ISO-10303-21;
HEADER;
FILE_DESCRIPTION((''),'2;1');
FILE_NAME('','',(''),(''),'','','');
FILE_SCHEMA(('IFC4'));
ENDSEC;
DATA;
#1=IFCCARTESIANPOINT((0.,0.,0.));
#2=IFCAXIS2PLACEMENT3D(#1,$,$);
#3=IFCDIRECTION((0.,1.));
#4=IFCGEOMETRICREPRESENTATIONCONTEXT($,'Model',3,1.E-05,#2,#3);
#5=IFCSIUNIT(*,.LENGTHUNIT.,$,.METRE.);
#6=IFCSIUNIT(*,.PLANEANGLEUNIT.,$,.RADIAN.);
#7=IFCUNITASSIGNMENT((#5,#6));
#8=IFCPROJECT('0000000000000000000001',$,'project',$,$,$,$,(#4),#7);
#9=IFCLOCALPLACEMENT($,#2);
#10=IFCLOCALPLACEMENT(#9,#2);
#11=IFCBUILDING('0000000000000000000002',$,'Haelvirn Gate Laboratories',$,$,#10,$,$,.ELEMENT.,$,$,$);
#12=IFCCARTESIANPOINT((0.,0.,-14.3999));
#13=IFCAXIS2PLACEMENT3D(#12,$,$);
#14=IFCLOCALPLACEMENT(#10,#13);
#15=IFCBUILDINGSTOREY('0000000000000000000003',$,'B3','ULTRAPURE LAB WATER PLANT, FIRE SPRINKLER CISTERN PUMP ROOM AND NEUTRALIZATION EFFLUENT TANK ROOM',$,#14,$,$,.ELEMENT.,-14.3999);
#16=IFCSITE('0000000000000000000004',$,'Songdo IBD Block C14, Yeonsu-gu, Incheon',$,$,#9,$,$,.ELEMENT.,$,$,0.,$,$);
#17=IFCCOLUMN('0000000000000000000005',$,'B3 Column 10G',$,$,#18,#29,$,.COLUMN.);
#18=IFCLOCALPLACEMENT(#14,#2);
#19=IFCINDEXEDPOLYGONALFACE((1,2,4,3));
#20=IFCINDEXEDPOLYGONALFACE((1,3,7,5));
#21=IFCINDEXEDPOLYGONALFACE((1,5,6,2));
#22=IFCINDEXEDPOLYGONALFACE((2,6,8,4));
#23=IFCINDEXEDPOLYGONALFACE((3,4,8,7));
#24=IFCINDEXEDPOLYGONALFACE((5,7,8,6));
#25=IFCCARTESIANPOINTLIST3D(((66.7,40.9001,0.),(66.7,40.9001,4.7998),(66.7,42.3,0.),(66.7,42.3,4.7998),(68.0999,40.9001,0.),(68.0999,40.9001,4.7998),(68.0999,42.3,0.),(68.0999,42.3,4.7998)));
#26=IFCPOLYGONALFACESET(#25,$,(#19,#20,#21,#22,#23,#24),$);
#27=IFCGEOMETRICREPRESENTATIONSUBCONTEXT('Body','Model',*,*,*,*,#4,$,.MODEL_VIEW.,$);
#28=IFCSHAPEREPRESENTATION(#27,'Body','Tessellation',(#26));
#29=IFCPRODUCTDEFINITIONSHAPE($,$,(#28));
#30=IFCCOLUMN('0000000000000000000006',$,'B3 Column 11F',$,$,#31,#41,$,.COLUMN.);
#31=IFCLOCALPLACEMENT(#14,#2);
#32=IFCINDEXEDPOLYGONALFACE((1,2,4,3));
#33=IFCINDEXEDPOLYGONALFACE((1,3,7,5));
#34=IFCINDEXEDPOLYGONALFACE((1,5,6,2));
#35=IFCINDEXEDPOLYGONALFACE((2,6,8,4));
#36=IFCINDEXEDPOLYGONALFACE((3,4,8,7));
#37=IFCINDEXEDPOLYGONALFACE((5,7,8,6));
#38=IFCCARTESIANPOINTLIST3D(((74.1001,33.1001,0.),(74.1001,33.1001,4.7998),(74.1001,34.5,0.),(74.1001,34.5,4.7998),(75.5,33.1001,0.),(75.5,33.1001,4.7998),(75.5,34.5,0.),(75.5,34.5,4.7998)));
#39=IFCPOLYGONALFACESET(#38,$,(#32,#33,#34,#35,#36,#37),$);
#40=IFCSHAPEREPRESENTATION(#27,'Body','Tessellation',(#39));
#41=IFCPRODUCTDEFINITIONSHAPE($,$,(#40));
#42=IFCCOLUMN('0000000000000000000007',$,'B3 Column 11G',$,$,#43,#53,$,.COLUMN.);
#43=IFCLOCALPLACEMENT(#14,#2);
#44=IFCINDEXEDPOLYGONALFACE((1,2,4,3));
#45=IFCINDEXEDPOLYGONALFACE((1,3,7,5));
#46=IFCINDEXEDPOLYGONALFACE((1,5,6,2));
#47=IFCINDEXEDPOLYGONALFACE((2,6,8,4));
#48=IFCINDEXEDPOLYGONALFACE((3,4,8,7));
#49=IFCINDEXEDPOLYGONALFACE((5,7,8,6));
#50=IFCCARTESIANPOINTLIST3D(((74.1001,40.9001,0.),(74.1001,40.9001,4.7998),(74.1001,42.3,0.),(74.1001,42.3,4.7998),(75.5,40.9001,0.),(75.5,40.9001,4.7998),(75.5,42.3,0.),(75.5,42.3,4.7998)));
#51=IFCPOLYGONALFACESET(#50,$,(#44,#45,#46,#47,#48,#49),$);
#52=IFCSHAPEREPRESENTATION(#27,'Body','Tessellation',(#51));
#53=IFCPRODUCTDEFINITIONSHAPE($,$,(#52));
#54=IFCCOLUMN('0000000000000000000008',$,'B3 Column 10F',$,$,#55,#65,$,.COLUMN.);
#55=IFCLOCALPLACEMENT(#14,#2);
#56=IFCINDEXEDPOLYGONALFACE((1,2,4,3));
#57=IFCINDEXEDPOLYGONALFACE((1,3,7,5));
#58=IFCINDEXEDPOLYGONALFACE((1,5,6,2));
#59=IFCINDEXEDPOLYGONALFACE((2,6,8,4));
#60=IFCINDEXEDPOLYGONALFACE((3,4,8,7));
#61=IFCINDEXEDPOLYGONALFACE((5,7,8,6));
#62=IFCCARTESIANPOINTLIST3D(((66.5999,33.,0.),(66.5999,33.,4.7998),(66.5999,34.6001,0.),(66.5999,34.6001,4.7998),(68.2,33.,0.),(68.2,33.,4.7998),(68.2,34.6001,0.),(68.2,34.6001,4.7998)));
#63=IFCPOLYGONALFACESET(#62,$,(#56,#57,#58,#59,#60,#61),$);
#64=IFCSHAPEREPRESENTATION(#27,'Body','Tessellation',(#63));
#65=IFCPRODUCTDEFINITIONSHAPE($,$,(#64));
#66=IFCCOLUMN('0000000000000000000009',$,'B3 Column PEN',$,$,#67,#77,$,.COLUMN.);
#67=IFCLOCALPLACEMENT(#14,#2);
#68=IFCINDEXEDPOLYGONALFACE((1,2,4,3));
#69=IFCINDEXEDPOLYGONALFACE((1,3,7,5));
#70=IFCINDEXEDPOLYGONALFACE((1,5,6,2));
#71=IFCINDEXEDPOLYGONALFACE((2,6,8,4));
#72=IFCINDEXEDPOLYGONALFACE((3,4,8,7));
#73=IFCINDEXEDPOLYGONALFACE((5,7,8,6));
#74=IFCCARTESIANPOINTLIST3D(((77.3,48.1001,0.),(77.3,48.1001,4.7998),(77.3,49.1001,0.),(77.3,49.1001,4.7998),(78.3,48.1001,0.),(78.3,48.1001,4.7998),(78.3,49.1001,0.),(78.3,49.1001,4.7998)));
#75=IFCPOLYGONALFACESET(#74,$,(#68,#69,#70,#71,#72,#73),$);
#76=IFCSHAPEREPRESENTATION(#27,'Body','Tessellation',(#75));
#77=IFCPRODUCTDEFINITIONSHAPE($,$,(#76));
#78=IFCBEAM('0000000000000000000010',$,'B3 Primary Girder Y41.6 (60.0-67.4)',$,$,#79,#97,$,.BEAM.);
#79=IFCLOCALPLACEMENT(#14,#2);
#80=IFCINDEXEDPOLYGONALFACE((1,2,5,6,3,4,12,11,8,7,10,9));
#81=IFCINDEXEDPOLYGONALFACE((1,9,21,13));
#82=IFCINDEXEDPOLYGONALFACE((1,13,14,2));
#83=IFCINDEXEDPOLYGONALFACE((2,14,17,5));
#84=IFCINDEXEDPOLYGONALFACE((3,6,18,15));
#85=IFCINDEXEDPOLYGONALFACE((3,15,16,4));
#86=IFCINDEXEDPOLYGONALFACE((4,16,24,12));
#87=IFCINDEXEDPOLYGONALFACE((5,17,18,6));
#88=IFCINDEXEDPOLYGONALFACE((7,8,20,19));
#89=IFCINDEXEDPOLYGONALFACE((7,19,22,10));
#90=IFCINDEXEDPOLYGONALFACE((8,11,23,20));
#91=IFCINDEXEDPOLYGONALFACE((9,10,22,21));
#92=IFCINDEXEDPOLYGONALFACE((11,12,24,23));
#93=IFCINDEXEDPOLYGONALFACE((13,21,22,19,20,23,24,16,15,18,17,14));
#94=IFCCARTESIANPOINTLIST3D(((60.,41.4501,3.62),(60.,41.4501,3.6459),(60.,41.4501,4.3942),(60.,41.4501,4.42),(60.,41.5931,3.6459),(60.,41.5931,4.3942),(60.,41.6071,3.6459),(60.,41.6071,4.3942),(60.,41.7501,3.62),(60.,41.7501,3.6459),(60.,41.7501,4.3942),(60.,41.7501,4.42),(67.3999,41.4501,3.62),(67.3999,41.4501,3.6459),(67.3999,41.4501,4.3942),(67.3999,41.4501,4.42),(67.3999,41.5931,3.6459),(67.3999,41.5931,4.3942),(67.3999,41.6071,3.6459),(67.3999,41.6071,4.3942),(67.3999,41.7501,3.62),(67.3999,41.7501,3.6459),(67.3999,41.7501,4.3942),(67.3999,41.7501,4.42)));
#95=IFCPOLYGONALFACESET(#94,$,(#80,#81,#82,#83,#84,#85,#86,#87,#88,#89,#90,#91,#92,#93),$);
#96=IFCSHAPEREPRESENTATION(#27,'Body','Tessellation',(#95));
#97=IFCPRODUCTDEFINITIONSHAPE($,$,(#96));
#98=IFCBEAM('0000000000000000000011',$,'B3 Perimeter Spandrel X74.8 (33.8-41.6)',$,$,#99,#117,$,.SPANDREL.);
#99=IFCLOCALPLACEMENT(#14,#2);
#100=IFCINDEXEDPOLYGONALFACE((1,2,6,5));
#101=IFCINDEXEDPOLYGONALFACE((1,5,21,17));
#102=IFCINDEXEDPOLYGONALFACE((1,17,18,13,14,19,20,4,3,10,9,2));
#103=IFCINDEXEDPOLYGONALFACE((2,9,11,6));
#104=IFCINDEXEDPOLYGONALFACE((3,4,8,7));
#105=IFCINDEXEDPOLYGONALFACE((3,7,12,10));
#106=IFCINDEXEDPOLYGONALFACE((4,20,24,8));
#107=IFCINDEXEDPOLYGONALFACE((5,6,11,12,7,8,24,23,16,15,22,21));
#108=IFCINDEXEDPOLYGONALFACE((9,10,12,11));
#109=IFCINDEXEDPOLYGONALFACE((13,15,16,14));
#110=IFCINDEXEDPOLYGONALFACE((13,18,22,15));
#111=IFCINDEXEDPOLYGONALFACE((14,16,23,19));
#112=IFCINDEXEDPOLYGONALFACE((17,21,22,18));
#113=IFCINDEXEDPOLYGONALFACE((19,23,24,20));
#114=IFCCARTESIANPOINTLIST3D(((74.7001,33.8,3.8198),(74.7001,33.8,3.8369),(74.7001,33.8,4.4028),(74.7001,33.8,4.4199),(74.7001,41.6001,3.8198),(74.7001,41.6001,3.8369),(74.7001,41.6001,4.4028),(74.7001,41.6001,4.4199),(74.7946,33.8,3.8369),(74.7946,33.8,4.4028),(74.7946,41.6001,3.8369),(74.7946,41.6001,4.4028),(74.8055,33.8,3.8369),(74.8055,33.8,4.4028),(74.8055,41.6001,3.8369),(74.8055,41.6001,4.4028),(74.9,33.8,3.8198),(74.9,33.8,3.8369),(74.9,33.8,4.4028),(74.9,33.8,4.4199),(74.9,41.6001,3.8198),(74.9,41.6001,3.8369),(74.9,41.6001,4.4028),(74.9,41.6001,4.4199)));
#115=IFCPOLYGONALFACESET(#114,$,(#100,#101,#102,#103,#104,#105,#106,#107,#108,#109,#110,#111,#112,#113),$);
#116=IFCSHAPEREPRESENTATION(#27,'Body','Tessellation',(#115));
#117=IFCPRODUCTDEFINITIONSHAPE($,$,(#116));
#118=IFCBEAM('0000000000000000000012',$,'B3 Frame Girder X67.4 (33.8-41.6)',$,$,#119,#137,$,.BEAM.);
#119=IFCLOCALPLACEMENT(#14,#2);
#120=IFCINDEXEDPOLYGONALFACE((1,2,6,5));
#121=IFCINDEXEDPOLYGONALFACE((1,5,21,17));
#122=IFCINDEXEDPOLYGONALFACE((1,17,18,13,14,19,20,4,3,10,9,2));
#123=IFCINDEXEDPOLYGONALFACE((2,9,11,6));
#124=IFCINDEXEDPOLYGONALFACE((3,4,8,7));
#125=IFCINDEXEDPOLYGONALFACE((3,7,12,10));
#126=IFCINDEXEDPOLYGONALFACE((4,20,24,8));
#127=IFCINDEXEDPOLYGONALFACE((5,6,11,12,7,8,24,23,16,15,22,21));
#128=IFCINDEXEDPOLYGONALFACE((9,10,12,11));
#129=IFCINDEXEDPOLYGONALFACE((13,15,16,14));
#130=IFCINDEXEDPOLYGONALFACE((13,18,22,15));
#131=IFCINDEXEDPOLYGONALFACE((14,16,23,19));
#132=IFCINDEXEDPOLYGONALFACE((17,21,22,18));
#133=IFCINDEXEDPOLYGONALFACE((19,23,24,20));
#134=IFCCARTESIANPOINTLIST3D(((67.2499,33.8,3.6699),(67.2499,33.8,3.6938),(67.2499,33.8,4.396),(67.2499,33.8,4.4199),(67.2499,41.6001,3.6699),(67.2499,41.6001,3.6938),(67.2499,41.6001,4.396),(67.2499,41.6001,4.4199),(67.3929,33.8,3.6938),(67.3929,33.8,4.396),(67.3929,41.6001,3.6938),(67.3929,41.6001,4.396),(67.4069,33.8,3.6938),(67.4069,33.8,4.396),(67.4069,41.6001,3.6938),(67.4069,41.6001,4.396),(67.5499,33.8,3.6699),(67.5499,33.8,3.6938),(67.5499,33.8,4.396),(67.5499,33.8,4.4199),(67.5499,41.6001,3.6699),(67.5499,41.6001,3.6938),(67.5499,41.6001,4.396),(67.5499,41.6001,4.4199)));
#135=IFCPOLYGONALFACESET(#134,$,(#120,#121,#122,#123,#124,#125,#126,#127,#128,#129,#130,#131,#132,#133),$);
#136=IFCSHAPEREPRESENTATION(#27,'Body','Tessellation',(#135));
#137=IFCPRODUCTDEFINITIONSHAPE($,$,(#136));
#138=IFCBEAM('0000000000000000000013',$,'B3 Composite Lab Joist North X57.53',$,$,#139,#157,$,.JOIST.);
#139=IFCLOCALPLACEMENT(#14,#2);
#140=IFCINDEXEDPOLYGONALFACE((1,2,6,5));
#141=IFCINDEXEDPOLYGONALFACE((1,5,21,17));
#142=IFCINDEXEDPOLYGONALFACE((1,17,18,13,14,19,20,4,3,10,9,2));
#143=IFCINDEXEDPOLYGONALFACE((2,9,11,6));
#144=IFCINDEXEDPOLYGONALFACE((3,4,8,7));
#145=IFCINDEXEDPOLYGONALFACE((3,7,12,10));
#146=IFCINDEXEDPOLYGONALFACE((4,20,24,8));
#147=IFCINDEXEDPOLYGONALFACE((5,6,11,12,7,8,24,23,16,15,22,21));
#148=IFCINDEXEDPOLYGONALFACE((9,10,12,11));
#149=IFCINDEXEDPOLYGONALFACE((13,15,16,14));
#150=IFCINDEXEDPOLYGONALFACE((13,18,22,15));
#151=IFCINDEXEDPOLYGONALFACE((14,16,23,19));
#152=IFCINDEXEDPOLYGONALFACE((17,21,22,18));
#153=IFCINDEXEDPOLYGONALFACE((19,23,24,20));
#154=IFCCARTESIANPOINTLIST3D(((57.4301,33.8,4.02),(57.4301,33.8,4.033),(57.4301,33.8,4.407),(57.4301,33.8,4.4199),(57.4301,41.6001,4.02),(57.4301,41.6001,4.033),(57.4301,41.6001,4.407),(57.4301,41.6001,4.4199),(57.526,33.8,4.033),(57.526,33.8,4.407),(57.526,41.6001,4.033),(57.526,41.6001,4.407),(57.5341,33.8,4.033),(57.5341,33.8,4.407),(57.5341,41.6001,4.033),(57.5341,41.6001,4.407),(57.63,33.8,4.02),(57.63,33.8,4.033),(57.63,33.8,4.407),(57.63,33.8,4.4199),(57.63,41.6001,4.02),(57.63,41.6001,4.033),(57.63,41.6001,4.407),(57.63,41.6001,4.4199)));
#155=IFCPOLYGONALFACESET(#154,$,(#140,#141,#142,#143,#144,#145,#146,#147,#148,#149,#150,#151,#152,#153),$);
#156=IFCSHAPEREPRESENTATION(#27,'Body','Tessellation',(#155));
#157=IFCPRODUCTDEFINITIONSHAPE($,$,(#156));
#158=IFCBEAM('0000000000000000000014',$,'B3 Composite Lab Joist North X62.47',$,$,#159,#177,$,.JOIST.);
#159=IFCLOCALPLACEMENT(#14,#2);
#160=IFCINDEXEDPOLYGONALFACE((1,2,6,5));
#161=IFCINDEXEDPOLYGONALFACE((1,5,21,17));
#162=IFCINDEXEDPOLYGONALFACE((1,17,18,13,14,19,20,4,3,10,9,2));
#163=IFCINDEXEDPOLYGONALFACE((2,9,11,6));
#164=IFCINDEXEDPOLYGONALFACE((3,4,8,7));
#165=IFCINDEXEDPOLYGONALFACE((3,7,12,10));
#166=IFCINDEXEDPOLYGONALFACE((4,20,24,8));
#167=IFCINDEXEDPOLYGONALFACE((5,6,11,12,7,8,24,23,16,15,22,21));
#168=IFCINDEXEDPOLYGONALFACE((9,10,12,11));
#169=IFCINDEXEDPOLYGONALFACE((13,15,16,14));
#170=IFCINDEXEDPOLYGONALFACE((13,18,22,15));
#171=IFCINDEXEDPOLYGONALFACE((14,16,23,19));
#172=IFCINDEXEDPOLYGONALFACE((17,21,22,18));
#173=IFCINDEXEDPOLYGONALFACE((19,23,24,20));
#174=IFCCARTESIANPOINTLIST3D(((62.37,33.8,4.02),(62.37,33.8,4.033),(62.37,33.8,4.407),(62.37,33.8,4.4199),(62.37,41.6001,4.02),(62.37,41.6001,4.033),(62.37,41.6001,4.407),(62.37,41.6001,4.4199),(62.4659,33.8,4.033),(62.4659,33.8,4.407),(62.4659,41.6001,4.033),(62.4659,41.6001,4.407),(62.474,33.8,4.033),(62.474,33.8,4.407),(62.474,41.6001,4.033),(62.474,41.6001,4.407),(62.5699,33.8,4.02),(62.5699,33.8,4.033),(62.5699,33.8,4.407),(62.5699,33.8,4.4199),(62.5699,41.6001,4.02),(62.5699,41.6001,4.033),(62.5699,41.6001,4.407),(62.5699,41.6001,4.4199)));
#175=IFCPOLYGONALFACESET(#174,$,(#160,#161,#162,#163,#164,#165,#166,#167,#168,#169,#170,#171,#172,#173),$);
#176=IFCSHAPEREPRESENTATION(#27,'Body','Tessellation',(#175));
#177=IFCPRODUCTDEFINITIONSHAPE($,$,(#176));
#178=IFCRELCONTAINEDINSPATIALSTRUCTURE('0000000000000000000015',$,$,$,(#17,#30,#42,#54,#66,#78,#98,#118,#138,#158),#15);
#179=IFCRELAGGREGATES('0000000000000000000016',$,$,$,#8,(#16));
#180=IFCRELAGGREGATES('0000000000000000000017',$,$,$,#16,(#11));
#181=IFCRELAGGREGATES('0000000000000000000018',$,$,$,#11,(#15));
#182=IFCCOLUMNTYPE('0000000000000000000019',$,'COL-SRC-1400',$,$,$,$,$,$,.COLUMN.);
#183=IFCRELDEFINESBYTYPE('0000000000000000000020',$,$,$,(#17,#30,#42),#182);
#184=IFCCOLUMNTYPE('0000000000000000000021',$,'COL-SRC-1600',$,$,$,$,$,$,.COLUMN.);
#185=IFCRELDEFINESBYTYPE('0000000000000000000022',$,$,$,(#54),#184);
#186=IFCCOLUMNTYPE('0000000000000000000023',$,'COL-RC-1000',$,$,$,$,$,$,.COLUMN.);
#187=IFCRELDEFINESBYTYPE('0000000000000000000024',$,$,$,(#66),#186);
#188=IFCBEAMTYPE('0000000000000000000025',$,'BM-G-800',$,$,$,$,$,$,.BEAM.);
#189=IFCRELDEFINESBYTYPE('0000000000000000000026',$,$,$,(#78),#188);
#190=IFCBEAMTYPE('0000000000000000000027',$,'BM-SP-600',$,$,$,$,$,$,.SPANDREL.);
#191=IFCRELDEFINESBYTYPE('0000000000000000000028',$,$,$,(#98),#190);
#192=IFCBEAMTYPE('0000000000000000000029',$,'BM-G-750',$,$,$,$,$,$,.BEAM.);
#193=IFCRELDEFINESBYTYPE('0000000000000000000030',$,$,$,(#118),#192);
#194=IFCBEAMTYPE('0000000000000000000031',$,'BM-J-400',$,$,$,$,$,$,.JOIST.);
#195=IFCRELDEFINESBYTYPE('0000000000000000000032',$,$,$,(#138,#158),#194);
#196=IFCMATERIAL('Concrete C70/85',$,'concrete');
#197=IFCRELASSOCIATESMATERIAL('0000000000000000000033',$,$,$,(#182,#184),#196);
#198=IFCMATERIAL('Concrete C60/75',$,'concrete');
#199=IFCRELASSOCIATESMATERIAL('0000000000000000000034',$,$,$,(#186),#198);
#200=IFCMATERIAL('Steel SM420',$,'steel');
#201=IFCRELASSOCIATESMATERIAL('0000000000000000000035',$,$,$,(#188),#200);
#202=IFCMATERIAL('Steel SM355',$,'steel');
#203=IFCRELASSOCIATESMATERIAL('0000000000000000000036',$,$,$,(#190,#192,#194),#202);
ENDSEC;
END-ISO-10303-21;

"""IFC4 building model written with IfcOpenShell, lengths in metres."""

from ifc_helpers import new_model, si_unit, direction, frame, origin, origin_2d, place, context, subcontext, project, spatial, rectangle, i_section, extrude, source, transform, mapped, material, material_profile, profile_set, type_object, type_shapes, element, save


model = new_model("IFC4")

# Units and contexts
model_context = context("Model", 3, precision=1e-05, world=origin(), true_north=direction((0.0, 1.0)))
body_context = subcontext(model_context, "Body", "Model", "MODEL_VIEW")
ifc_project = project(units=[si_unit("LENGTHUNIT", "METRE"), si_unit("PLANEANGLEUNIT", "RADIAN")], contexts=[model_context])

# Site, building, storey
site_placement = place(None, origin())
site = spatial("IfcSite", under=ifc_project, at=site_placement, Name="Songdo IBD Block C14, Yeonsu-gu, Incheon", CompositionType="ELEMENT", RefElevation=0.0)
building_placement = place(site_placement, origin())
building = spatial("IfcBuilding", under=site, at=building_placement, Name="Haelvirn Gate Laboratories", CompositionType="ELEMENT")
storey_placement = place(building_placement, frame((0.0, 0.0, -14.3999)))
storey = spatial("IfcBuildingStorey", under=building, at=storey_placement, Name="B3", Description="ULTRAPURE LAB WATER PLANT, FIRE SPRINKLER CISTERN PUMP ROOM AND NEUTRALIZATION EFFLUENT TANK ROOM", CompositionType="ELEMENT", Elevation=-14.3999)

# Columns
ifc_material_1 = material(Name="Concrete C70/85", Category="concrete")
ifc_material_profile_1 = material_profile(ifc_material_1, rectangle(XDim=1.3999, YDim=1.3999, at=origin_2d()), Name="SRC-1400x1400")
ifc_profile_set_1 = profile_set([ifc_material_profile_1], Name="Concrete C70/85")
column_type_1 = type_object("IfcColumnType", Name="COL-SRC-1400", PredefinedType="COLUMN", material=ifc_profile_set_1)
shared_shape_1 = source(origin(), body_context, "Body", "SweptSolid", [
    extrude(rectangle(XDim=1.3999, YDim=1.3999, at=origin_2d()), origin(), (0.0, 0.0, 1.0), 4.7998),
])
type_shapes(column_type_1, [shared_shape_1])
for number, where, z_axis, x_axis, name in (
    (1, (67.3999, 41.6001, 0.0), (0.0, 0.0, 1.0), (1.0, 0.0, 0.0), "B3 Column 10G"),
    (2, (74.8, 33.8, 0.0), (0.0, 0.0, 1.0), (1.0, 0.0, 0.0), "B3 Column 11F"),
    (3, (74.8, 41.6001, 0.0), (0.0, 0.0, 1.0), (1.0, 0.0, 0.0), "B3 Column 11G"),
):
    element("IfcColumn", number, at=place(storey_placement, frame(where, z_axis=z_axis, x_axis=x_axis)), inside=storey, type_object=column_type_1, Name=name, PredefinedType="COLUMN", context=body_context, shape_type="MappedRepresentation", body=[
        mapped(shared_shape_1, transform((0.0, 0.0, 0.0), scale=1.0)),
    ])
ifc_material_profile_2 = material_profile(ifc_material_1, rectangle(XDim=1.6001, YDim=1.6001, at=origin_2d()), Name="SRC-1600x1600")
ifc_profile_set_2 = profile_set([ifc_material_profile_2], Name="Concrete C70/85")
column_type_2 = type_object("IfcColumnType", Name="COL-SRC-1600", PredefinedType="COLUMN", material=ifc_profile_set_2)
shared_shape_2 = source(origin(), body_context, "Body", "SweptSolid", [
    extrude(rectangle(XDim=1.6001, YDim=1.6001, at=origin_2d()), origin(), (0.0, 0.0, 1.0), 4.7998),
])
type_shapes(column_type_2, [shared_shape_2])
column_1_placement = place(storey_placement, frame((67.3999, 33.8, 0.0), z_axis=(0.0, 0.0, 1.0), x_axis=(1.0, 0.0, 0.0)))
element("IfcColumn", 4, at=column_1_placement, inside=storey, type_object=column_type_2, Name="B3 Column 10F", PredefinedType="COLUMN", context=body_context, shape_type="MappedRepresentation", body=[
    mapped(shared_shape_2, transform((0.0, 0.0, 0.0), scale=1.0)),
])
ifc_material_2 = material(Name="Concrete C60/75", Category="concrete")
ifc_material_profile_3 = material_profile(ifc_material_2, rectangle(XDim=1.0, YDim=1.0, at=origin_2d()), Name="RC-1000x1000")
ifc_profile_set_3 = profile_set([ifc_material_profile_3], Name="Concrete C60/75")
column_type_3 = type_object("IfcColumnType", Name="COL-RC-1000", PredefinedType="COLUMN", material=ifc_profile_set_3)
shared_shape_3 = source(origin(), body_context, "Body", "SweptSolid", [
    extrude(rectangle(XDim=1.0, YDim=1.0, at=origin_2d()), origin(), (0.0, 0.0, 1.0), 4.7998),
])
type_shapes(column_type_3, [shared_shape_3])
column_2_placement = place(storey_placement, frame((77.8, 48.6001, 0.0), z_axis=(0.0, 0.0, 1.0), x_axis=(1.0, 0.0, 0.0)))
element("IfcColumn", 5, at=column_2_placement, inside=storey, type_object=column_type_3, Name="B3 Column PEN", PredefinedType="COLUMN", context=body_context, shape_type="MappedRepresentation", body=[
    mapped(shared_shape_3, transform((0.0, 0.0, 0.0), scale=1.0)),
])

# Beams
ifc_material_3 = material(Name="Steel SM420", Category="steel")
ifc_material_profile_4 = material_profile(ifc_material_3, i_section(OverallWidth=0.3, OverallDepth=0.8, WebThickness=0.0139, FlangeThickness=0.0259, at=origin_2d()), Name="H-800x300x14x26")
ifc_profile_set_4 = profile_set([ifc_material_profile_4], Name="Steel SM420")
beam_type_1 = type_object("IfcBeamType", Name="BM-G-800", PredefinedType="BEAM", material=ifc_profile_set_4)
shared_shape_4 = source(origin(), body_context, "Body", "SweptSolid", [
    extrude(i_section(OverallWidth=0.3, OverallDepth=0.8, WebThickness=0.0139, FlangeThickness=0.0259, at=origin_2d()), origin(), (0.0, 0.0, 1.0), 7.3999),
])
type_shapes(beam_type_1, [shared_shape_4])
beam_1_placement = place(storey_placement, frame((60.0, 41.6001, 4.02), z_axis=(1.0, 0.0, 0.0), x_axis=(0.0, 1.0, 0.0)))
element("IfcBeam", 6, at=beam_1_placement, inside=storey, type_object=beam_type_1, Name="B3 Primary Girder Y41.6 (60.0-67.4)", PredefinedType="BEAM", context=body_context, shape_type="MappedRepresentation", body=[
    mapped(shared_shape_4, transform((0.0, 0.0, 0.0), scale=1.0)),
])
ifc_material_4 = material(Name="Steel SM355", Category="steel")
ifc_material_profile_5 = material_profile(ifc_material_4, i_section(OverallWidth=0.2, OverallDepth=0.6001, WebThickness=0.011, FlangeThickness=0.0171, at=origin_2d()), Name="H-600x200x11x17")
ifc_profile_set_5 = profile_set([ifc_material_profile_5], Name="Steel SM355")
beam_type_2 = type_object("IfcBeamType", Name="BM-SP-600", PredefinedType="SPANDREL", material=ifc_profile_set_5)
shared_shape_5 = source(origin(), body_context, "Body", "SweptSolid", [
    extrude(i_section(OverallWidth=0.2, OverallDepth=0.6001, WebThickness=0.011, FlangeThickness=0.0171, at=origin_2d()), origin(), (0.0, 0.0, 1.0), 7.8),
])
type_shapes(beam_type_2, [shared_shape_5])
beam_2_placement = place(storey_placement, frame((74.8, 33.8, 4.1199), z_axis=(0.0, 1.0, 0.0), x_axis=(-1.0, 0.0, 0.0)))
element("IfcBeam", 7, at=beam_2_placement, inside=storey, type_object=beam_type_2, Name="B3 Perimeter Spandrel X74.8 (33.8-41.6)", PredefinedType="SPANDREL", context=body_context, shape_type="MappedRepresentation", body=[
    mapped(shared_shape_5, transform((0.0, 0.0, 0.0), scale=1.0)),
])
ifc_material_profile_6 = material_profile(ifc_material_4, i_section(OverallWidth=0.3, OverallDepth=0.75, WebThickness=0.0139, FlangeThickness=0.0239, at=origin_2d()), Name="H-750x300x14x24")
ifc_profile_set_6 = profile_set([ifc_material_profile_6], Name="Steel SM355")
beam_type_3 = type_object("IfcBeamType", Name="BM-G-750", PredefinedType="BEAM", material=ifc_profile_set_6)
shared_shape_6 = source(origin(), body_context, "Body", "SweptSolid", [
    extrude(i_section(OverallWidth=0.3, OverallDepth=0.75, WebThickness=0.0139, FlangeThickness=0.0239, at=origin_2d()), origin(), (0.0, 0.0, 1.0), 7.8),
])
type_shapes(beam_type_3, [shared_shape_6])
beam_3_placement = place(storey_placement, frame((67.3999, 33.8, 4.0449), z_axis=(0.0, 1.0, 0.0), x_axis=(-1.0, 0.0, 0.0)))
element("IfcBeam", 8, at=beam_3_placement, inside=storey, type_object=beam_type_3, Name="B3 Frame Girder X67.4 (33.8-41.6)", PredefinedType="BEAM", context=body_context, shape_type="MappedRepresentation", body=[
    mapped(shared_shape_6, transform((0.0, 0.0, 0.0), scale=1.0)),
])
ifc_material_profile_7 = material_profile(ifc_material_4, i_section(OverallWidth=0.2, OverallDepth=0.3999, WebThickness=0.0081, FlangeThickness=0.0129, at=origin_2d()), Name="H-400x200x8x13")
ifc_profile_set_7 = profile_set([ifc_material_profile_7], Name="Steel SM355")
beam_type_4 = type_object("IfcBeamType", Name="BM-J-400", PredefinedType="JOIST", material=ifc_profile_set_7)
shared_shape_7 = source(origin(), body_context, "Body", "SweptSolid", [
    extrude(i_section(OverallWidth=0.2, OverallDepth=0.3999, WebThickness=0.0081, FlangeThickness=0.0129, at=origin_2d()), origin(), (0.0, 0.0, 1.0), 7.8),
])
type_shapes(beam_type_4, [shared_shape_7])
for number, where, z_axis, x_axis, name in (
    (9, (57.53, 33.8, 4.22), (0.0, 1.0, 0.0), (-1.0, 0.0, 0.0), "B3 Composite Lab Joist North X57.53"),
    (10, (62.47, 33.8, 4.22), (0.0, 1.0, 0.0), (-1.0, 0.0, 0.0), "B3 Composite Lab Joist North X62.47"),
):
    element("IfcBeam", number, at=place(storey_placement, frame(where, z_axis=z_axis, x_axis=x_axis)), inside=storey, type_object=beam_type_4, Name=name, PredefinedType="JOIST", context=body_context, shape_type="MappedRepresentation", body=[
        mapped(shared_shape_7, transform((0.0, 0.0, 0.0), scale=1.0)),
    ])

save(model, "model.ifc")
